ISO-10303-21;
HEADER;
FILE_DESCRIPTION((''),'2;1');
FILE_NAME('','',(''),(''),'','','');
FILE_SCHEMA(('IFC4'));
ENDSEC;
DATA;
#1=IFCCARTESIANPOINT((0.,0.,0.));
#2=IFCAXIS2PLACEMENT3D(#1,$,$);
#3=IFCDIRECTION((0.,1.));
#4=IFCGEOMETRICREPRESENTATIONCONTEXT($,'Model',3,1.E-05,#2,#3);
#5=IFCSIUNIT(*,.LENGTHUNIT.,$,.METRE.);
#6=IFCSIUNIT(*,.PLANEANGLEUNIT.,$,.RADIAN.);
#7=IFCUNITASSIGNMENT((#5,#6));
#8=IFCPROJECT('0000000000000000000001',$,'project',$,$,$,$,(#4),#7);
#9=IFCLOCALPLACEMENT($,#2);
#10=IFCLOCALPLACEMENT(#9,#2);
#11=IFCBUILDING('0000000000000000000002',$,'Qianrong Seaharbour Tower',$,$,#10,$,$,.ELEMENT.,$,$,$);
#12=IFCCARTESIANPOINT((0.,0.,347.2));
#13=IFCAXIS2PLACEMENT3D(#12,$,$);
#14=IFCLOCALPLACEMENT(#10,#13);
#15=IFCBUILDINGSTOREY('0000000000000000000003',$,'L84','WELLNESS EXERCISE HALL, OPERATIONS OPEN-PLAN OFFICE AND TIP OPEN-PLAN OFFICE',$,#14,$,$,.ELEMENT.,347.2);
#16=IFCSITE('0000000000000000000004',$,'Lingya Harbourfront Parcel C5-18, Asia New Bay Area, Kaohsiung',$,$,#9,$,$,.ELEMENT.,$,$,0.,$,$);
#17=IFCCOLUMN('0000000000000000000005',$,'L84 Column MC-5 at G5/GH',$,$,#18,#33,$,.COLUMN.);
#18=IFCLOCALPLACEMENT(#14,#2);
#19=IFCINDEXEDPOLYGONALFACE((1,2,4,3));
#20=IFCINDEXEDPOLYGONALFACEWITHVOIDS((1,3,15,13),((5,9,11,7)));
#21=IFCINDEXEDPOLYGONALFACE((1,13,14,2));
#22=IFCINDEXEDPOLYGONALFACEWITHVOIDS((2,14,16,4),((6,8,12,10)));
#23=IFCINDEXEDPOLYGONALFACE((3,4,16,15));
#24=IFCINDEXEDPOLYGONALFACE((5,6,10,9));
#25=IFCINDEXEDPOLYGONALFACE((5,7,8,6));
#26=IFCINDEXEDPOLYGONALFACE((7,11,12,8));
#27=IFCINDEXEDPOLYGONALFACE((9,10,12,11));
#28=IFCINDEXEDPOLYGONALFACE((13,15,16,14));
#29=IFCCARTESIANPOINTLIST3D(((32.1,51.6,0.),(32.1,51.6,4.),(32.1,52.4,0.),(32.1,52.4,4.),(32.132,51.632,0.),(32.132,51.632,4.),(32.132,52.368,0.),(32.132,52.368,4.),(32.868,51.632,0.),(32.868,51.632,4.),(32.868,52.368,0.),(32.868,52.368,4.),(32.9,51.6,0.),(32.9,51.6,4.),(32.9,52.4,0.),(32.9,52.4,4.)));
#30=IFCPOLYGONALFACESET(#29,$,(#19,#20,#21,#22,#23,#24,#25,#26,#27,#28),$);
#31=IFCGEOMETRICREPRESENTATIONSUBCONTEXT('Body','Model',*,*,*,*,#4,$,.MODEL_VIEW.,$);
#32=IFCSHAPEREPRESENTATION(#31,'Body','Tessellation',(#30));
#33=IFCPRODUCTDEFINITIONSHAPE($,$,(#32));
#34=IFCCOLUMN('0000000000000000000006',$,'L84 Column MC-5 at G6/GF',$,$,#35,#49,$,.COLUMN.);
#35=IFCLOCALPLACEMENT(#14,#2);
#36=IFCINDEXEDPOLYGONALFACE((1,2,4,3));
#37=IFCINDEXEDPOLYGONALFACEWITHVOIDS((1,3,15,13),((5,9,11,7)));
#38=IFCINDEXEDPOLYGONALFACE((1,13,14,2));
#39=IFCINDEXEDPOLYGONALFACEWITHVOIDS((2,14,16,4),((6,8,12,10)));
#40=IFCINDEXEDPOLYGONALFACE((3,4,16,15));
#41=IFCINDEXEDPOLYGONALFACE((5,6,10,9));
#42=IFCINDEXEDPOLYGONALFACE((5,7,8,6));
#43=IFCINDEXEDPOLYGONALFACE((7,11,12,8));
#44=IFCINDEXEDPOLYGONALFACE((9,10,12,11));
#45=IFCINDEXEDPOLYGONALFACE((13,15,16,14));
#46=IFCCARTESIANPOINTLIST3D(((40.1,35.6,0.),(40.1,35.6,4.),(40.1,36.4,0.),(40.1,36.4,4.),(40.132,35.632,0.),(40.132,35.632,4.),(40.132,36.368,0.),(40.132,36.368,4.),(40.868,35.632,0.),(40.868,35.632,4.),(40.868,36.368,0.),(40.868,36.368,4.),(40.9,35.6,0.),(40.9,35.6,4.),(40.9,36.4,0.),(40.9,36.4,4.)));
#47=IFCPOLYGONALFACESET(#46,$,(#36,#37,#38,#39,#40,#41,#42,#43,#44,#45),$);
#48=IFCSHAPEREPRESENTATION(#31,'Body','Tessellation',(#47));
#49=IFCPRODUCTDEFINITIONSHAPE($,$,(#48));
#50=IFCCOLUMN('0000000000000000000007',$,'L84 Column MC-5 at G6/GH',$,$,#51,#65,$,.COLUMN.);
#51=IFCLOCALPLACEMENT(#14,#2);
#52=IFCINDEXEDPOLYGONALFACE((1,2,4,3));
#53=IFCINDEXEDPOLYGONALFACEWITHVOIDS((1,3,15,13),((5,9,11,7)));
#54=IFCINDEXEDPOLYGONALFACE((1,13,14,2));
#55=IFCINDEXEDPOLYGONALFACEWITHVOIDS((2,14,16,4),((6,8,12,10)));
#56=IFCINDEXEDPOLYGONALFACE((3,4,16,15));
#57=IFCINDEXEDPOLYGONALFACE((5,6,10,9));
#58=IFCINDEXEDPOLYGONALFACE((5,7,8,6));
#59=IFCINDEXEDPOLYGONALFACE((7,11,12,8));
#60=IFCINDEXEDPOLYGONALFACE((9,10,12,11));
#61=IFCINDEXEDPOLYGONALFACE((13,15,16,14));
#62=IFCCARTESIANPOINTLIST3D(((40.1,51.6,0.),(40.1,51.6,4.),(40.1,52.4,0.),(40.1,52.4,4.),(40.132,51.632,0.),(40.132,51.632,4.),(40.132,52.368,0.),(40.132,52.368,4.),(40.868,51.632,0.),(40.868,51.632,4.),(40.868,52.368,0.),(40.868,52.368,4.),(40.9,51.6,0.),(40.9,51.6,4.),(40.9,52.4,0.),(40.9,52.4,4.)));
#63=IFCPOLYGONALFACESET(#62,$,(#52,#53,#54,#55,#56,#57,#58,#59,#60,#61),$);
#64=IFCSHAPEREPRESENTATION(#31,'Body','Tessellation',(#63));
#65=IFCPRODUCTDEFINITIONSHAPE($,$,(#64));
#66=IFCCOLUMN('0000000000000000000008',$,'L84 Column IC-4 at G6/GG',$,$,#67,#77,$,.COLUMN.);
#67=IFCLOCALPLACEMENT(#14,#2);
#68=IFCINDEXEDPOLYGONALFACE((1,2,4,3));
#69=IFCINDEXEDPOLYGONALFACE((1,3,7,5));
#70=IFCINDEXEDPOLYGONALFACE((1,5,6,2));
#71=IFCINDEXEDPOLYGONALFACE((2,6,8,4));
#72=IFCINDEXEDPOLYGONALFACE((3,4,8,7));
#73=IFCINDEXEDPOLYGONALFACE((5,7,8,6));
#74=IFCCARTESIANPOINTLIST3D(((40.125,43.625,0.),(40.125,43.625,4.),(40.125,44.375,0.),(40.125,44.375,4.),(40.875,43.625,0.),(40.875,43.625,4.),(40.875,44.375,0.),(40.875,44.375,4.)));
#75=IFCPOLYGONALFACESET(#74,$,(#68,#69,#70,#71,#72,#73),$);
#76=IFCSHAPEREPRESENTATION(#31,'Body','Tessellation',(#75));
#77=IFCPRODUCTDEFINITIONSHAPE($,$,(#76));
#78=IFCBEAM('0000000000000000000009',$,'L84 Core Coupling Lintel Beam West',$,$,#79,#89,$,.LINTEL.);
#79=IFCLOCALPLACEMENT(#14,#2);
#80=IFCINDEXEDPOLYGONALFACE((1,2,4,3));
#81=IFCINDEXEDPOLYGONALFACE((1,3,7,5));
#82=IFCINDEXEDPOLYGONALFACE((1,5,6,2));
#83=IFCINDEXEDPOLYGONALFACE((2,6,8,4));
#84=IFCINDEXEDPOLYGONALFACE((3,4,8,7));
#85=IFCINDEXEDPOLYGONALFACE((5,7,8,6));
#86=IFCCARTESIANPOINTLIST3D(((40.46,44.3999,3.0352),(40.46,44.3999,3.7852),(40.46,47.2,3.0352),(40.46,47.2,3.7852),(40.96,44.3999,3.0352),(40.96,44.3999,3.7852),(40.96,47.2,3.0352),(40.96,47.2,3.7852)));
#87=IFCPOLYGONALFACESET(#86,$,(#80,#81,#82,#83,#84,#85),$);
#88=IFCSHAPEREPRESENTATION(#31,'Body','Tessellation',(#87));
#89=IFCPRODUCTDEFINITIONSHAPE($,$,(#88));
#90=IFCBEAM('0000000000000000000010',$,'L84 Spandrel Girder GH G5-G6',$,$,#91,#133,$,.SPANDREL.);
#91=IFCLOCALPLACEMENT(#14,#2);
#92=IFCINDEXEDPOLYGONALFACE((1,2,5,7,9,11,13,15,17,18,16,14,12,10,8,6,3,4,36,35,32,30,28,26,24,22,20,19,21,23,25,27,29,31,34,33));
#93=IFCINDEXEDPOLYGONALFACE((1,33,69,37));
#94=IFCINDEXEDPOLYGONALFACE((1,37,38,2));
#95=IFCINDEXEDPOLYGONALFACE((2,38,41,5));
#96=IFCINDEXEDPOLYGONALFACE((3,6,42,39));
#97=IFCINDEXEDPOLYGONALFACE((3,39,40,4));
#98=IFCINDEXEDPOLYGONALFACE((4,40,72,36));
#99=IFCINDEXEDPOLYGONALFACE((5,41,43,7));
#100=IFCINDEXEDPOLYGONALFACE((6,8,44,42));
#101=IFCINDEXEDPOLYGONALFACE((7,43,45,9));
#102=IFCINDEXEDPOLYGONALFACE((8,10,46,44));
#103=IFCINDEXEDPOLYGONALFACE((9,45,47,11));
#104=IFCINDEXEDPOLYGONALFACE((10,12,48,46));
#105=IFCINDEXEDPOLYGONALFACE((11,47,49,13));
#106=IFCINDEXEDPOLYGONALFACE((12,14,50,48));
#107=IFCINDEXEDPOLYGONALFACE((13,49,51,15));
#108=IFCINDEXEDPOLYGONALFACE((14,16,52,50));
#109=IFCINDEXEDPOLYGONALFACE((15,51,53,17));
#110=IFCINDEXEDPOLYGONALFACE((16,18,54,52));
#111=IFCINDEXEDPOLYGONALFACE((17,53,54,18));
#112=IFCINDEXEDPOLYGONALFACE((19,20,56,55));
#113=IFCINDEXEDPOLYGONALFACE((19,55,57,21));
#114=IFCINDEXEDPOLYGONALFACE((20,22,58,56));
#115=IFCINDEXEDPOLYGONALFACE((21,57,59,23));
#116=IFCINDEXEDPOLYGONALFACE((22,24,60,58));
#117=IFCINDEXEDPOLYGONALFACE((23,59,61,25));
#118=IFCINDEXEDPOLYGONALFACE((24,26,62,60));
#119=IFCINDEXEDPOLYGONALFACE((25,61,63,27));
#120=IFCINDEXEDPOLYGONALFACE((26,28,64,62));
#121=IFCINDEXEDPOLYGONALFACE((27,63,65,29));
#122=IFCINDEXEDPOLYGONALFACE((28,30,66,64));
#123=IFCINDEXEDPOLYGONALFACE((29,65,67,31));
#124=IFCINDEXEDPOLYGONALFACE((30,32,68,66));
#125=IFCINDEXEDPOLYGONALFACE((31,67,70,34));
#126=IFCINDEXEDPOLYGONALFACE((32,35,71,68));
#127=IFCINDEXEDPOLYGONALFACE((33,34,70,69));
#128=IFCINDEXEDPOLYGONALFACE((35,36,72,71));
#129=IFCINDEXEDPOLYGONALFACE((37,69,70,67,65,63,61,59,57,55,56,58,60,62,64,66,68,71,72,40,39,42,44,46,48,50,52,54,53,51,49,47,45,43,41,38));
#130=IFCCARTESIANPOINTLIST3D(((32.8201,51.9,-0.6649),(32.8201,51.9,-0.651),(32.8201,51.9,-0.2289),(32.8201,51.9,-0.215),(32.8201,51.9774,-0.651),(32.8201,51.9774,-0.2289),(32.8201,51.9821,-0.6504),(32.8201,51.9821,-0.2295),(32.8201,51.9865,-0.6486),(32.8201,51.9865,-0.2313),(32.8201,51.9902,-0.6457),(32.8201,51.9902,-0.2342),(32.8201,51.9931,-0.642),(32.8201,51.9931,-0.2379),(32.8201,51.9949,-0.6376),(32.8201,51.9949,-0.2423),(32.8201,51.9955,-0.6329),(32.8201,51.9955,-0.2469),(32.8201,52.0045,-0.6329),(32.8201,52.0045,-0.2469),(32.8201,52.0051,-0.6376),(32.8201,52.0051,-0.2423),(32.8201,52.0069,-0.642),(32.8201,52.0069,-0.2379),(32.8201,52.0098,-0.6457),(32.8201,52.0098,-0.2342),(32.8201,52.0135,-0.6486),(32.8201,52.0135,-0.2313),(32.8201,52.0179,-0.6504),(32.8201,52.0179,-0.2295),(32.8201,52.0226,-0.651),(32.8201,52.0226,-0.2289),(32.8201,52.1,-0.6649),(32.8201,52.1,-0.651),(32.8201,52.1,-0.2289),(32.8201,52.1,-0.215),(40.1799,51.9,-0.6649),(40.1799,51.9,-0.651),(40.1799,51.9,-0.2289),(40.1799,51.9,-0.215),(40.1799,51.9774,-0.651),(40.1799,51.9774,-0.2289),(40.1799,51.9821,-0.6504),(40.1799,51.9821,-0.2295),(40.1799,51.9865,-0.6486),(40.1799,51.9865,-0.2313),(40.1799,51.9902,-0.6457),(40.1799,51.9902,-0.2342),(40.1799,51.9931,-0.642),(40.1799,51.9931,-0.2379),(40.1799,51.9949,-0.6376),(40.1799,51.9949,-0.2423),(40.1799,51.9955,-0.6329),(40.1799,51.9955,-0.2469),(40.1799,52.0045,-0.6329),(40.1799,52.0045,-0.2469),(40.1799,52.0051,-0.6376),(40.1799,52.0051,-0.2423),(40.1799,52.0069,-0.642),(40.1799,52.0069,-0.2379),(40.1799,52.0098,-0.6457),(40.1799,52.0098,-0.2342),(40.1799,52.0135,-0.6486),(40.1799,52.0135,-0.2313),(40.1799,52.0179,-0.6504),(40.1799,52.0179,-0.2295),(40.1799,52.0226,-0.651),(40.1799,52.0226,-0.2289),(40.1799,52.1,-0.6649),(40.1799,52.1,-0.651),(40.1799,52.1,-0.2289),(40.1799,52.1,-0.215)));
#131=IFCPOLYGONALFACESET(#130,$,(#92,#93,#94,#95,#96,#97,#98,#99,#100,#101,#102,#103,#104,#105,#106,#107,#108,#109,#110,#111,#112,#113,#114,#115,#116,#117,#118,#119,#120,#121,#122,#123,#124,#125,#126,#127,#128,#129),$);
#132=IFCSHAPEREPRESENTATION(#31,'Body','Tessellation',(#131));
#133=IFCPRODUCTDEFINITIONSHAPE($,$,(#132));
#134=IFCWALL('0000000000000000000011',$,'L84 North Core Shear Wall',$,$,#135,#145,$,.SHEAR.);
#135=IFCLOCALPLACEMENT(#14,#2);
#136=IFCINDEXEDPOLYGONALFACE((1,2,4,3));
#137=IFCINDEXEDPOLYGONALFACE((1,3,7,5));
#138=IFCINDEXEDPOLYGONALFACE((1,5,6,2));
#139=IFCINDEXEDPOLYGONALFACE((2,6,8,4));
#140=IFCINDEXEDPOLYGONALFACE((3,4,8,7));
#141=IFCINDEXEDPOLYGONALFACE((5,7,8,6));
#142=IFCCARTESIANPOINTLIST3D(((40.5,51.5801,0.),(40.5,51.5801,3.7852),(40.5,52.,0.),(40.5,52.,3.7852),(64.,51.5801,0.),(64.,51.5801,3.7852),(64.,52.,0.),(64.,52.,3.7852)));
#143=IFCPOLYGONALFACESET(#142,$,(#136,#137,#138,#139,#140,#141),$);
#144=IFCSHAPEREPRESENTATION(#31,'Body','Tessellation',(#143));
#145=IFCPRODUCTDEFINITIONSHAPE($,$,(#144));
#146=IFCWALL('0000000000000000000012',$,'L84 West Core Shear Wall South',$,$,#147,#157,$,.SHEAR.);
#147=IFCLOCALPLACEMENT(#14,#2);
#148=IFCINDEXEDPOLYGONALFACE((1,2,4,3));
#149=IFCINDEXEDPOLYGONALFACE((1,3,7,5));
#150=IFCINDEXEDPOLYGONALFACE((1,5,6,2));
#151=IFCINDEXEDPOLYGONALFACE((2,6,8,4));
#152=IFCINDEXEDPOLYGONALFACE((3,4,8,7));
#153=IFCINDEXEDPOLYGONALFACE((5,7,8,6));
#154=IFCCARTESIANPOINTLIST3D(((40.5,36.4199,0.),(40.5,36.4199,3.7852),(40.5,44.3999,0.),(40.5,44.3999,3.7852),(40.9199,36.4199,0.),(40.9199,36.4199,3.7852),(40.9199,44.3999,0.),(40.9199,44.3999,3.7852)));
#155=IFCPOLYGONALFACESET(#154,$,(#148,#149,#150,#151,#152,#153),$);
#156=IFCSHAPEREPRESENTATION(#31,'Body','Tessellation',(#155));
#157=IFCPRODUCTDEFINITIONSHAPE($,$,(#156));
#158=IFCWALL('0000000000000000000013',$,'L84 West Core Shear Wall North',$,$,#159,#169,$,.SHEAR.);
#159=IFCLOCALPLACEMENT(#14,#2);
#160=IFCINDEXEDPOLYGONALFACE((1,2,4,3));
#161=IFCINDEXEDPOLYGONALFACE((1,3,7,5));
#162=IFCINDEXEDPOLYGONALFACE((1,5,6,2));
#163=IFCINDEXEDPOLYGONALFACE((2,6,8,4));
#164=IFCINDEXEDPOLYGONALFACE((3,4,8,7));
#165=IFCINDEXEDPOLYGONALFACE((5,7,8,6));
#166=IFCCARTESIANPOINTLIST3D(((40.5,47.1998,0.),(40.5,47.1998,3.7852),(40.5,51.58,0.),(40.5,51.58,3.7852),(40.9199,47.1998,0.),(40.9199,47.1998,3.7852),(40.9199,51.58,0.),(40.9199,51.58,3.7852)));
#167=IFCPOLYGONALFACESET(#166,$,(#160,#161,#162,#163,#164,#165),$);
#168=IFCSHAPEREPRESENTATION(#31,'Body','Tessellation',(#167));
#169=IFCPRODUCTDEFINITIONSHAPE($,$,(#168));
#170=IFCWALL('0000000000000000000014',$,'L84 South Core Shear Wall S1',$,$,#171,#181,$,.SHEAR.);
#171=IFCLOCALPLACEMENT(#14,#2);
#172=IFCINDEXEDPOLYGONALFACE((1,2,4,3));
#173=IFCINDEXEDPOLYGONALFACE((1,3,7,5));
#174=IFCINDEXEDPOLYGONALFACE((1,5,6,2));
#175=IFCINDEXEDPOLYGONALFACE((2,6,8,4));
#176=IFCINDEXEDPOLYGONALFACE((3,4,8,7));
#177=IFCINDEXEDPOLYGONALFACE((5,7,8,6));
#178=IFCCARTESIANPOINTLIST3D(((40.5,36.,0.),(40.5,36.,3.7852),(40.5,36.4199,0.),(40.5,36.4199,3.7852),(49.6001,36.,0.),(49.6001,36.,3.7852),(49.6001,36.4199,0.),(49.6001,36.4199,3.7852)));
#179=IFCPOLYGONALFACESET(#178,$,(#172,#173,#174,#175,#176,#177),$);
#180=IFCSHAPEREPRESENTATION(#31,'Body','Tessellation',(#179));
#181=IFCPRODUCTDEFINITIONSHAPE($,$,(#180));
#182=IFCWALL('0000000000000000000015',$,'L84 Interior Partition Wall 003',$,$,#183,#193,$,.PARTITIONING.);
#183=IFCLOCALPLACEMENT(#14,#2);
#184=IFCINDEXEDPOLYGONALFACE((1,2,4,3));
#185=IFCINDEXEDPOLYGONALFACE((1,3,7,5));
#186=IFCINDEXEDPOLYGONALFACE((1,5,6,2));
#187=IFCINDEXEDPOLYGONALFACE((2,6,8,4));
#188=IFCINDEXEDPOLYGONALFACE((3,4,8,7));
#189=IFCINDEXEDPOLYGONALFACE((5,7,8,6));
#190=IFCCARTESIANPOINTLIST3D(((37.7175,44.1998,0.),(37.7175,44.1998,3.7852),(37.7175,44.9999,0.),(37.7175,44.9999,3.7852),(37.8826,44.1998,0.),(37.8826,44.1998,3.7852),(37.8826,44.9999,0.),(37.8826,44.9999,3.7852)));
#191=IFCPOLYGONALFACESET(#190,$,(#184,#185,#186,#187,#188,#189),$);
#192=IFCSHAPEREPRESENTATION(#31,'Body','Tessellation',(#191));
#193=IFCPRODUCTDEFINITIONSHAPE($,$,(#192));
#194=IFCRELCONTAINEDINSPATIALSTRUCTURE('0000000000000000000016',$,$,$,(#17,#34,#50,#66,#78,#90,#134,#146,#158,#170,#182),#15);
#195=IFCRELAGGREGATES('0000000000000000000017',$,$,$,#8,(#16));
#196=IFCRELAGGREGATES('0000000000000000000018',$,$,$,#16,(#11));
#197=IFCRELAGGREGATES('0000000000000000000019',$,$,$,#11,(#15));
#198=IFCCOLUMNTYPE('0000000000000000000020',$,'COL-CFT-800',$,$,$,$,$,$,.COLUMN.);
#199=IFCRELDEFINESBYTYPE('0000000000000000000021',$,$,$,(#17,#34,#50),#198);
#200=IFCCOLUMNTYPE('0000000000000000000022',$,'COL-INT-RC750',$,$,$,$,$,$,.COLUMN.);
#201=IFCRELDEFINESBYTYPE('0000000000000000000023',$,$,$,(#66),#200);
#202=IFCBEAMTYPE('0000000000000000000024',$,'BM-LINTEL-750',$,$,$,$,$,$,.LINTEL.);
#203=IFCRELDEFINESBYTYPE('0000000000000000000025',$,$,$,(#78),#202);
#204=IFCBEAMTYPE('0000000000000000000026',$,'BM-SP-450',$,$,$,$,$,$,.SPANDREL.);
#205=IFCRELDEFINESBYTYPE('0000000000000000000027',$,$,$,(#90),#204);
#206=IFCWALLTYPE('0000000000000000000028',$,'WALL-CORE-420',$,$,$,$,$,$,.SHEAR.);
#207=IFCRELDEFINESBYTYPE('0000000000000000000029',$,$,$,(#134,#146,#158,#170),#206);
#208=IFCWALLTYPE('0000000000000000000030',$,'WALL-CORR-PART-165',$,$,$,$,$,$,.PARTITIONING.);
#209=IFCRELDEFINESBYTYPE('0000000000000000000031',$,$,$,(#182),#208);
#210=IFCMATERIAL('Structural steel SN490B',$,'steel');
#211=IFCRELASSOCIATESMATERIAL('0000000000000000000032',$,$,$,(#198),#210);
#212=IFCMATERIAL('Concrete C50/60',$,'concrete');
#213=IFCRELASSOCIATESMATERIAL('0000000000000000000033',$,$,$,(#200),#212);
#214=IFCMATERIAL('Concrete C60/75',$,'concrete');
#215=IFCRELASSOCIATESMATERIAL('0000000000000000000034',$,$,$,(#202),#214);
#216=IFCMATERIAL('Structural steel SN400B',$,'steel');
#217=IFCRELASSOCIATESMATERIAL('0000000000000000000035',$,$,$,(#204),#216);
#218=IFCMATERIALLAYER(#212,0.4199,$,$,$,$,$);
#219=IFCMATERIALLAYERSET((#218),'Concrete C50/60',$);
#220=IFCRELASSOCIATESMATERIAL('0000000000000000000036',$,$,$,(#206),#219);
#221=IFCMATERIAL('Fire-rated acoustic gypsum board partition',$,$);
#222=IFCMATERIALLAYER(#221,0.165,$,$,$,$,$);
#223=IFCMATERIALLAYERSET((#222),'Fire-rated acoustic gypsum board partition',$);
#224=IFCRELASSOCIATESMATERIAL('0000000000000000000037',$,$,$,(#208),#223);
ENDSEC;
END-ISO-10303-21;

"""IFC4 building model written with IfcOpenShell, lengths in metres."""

from ifc_helpers import new_model, si_unit, direction, frame, frame_2d, origin, origin_2d, place, context, subcontext, project, spatial, rectangle, hollow_rectangle, i_section, extrude, material, layer, layer_set, material_profile, profile_set, type_object, element, save


model = new_model("IFC4")

# Units and contexts
model_context = context("Model", 3, precision=1e-05, world=origin(), true_north=direction((0.0, 1.0)))
body_context = subcontext(model_context, "Body", "Model", "MODEL_VIEW")
ifc_project = project(units=[si_unit("LENGTHUNIT", "METRE"), si_unit("PLANEANGLEUNIT", "RADIAN")], contexts=[model_context])

# Site, building, storey
site_placement = place(None, origin())
site = spatial("IfcSite", under=ifc_project, at=site_placement, Name="Lingya Harbourfront Parcel C5-18, Asia New Bay Area, Kaohsiung", CompositionType="ELEMENT", RefElevation=0.0)
building_placement = place(site_placement, origin())
building = spatial("IfcBuilding", under=site, at=building_placement, Name="Qianrong Seaharbour Tower", CompositionType="ELEMENT")
storey_placement = place(building_placement, frame((0.0, 0.0, 347.2)))
storey = spatial("IfcBuildingStorey", under=building, at=storey_placement, Name="L84", Description="WELLNESS EXERCISE HALL, OPERATIONS OPEN-PLAN OFFICE AND TIP OPEN-PLAN OFFICE", CompositionType="ELEMENT", Elevation=347.2)

# Columns
ifc_material_1 = material(Name="Structural steel SN490B", Category="steel")
ifc_material_profile_1 = material_profile(ifc_material_1, hollow_rectangle(XDim=0.8, YDim=0.8, WallThickness=0.032, at=origin_2d()), Name="BOX800x800x32")
ifc_profile_set_1 = profile_set([ifc_material_profile_1], Name="Structural steel SN490B")
column_type_1 = type_object("IfcColumnType", Name="COL-CFT-800", PredefinedType="COLUMN", material=ifc_profile_set_1)
for number, where, z_axis, x_axis, name in (
    (1, (32.5, 52.0, 0.0), (0.0, 0.0, 1.0), (1.0, 0.0, 0.0), "L84 Column MC-5 at G5/GH"),
    (2, (40.5, 36.0, 0.0), (0.0, 0.0, 1.0), (1.0, 0.0, 0.0), "L84 Column MC-5 at G6/GF"),
    (3, (40.5, 52.0, 0.0), (0.0, 0.0, 1.0), (1.0, 0.0, 0.0), "L84 Column MC-5 at G6/GH"),
):
    element("IfcColumn", number, at=place(storey_placement, frame(where, z_axis=z_axis, x_axis=x_axis)), inside=storey, type_object=column_type_1, Name=name, PredefinedType="COLUMN", context=body_context, shape_type="SweptSolid", body=[
        extrude(hollow_rectangle(XDim=0.8, YDim=0.8, WallThickness=0.032, at=origin_2d()), origin(), (0.0, 0.0, 1.0), 4.0),
    ])
ifc_material_2 = material(Name="Concrete C50/60", Category="concrete")
ifc_material_profile_2 = material_profile(ifc_material_2, rectangle(XDim=0.75, YDim=0.75, at=origin_2d()), Name="RC750x750")
ifc_profile_set_2 = profile_set([ifc_material_profile_2], Name="Concrete C50/60")
column_type_2 = type_object("IfcColumnType", Name="COL-INT-RC750", PredefinedType="COLUMN", material=ifc_profile_set_2)
column_placement = place(storey_placement, frame((40.5, 44.0, 0.0), z_axis=(0.0, 0.0, 1.0), x_axis=(1.0, 0.0, 0.0)))
element("IfcColumn", 4, at=column_placement, inside=storey, type_object=column_type_2, Name="L84 Column IC-4 at G6/GG", PredefinedType="COLUMN", context=body_context, shape_type="SweptSolid", body=[
    extrude(rectangle(XDim=0.75, YDim=0.75, at=origin_2d()), origin(), (0.0, 0.0, 1.0), 4.0),
])

# Beams
ifc_material_3 = material(Name="Concrete C60/75", Category="concrete")
ifc_material_profile_3 = material_profile(ifc_material_3, rectangle(XDim=0.5, YDim=0.75, at=origin_2d()), Name="RC500x750")
ifc_profile_set_3 = profile_set([ifc_material_profile_3], Name="Concrete C60/75")
beam_type_1 = type_object("IfcBeamType", Name="BM-LINTEL-750", PredefinedType="LINTEL", material=ifc_profile_set_3)
beam_1_placement = place(storey_placement, frame((40.71, 44.3999, 3.4102), z_axis=(0.0, 1.0, 0.0), x_axis=(-1.0, 0.0, 0.0)))
element("IfcBeam", 5, at=beam_1_placement, inside=storey, type_object=beam_type_1, Name="L84 Core Coupling Lintel Beam West", PredefinedType="LINTEL", context=body_context, shape_type="SweptSolid", body=[
    extrude(rectangle(XDim=0.5, YDim=0.75, at=origin_2d()), origin(), (0.0, 0.0, 1.0), 2.8),
])
ifc_material_4 = material(Name="Structural steel SN400B", Category="steel")
ifc_material_profile_4 = material_profile(ifc_material_4, i_section(OverallWidth=0.2, OverallDepth=0.45, WebThickness=0.009, FlangeThickness=0.0139, FilletRadius=0.0181, at=origin_2d()), Name="H450x200x9x14")
ifc_profile_set_4 = profile_set([ifc_material_profile_4], Name="Structural steel SN400B")
beam_type_2 = type_object("IfcBeamType", Name="BM-SP-450", PredefinedType="SPANDREL", material=ifc_profile_set_4)
beam_2_placement = place(storey_placement, frame((32.8201, 52.0, -0.4399), z_axis=(1.0, 0.0, 0.0), x_axis=(0.0, 1.0, 0.0)))
element("IfcBeam", 6, at=beam_2_placement, inside=storey, type_object=beam_type_2, Name="L84 Spandrel Girder GH G5-G6", PredefinedType="SPANDREL", context=body_context, shape_type="SweptSolid", body=[
    extrude(i_section(OverallWidth=0.2, OverallDepth=0.45, WebThickness=0.009, FlangeThickness=0.0139, FilletRadius=0.0181, at=origin_2d()), origin(), (0.0, 0.0, 1.0), 7.3599),
])

# Walls
ifc_layer_1 = layer(ifc_material_2, 0.4199)
ifc_layer_set_1 = layer_set([ifc_layer_1], Name="Concrete C50/60")
wall_type_1 = type_object("IfcWallType", Name="WALL-CORE-420", PredefinedType="SHEAR", material=ifc_layer_set_1)
wall_1_placement = place(storey_placement, frame((40.5, 51.79, 0.0), z_axis=(0.0, 0.0, 1.0), x_axis=(1.0, 0.0, 0.0)))
element("IfcWall", 7, at=wall_1_placement, inside=storey, type_object=wall_type_1, Name="L84 North Core Shear Wall", PredefinedType="SHEAR", context=body_context, shape_type="SweptSolid", body=[
    extrude(rectangle(XDim=23.5, YDim=0.4199, at=frame_2d((11.75, 0.0))), origin(), (0.0, 0.0, 1.0), 3.7852),
])
wall_2_placement = place(storey_placement, frame((40.71, 36.4199, 0.0), z_axis=(0.0, 0.0, 1.0), x_axis=(0.0, 1.0, 0.0)))
element("IfcWall", 8, at=wall_2_placement, inside=storey, type_object=wall_type_1, Name="L84 West Core Shear Wall South", PredefinedType="SHEAR", context=body_context, shape_type="SweptSolid", body=[
    extrude(rectangle(XDim=7.98, YDim=0.4199, at=frame_2d((3.99, 0.0))), origin(), (0.0, 0.0, 1.0), 3.7852),
])
wall_3_placement = place(storey_placement, frame((40.71, 47.2, 0.0), z_axis=(0.0, 0.0, 1.0), x_axis=(0.0, 1.0, 0.0)))
element("IfcWall", 9, at=wall_3_placement, inside=storey, type_object=wall_type_1, Name="L84 West Core Shear Wall North", PredefinedType="SHEAR", context=body_context, shape_type="SweptSolid", body=[
    extrude(rectangle(XDim=4.3801, YDim=0.4199, at=frame_2d((2.1899, 0.0))), origin(), (0.0, 0.0, 1.0), 3.7852),
])
wall_4_placement = place(storey_placement, frame((40.5, 36.21, 0.0), z_axis=(0.0, 0.0, 1.0), x_axis=(1.0, 0.0, 0.0)))
element("IfcWall", 10, at=wall_4_placement, inside=storey, type_object=wall_type_1, Name="L84 South Core Shear Wall S1", PredefinedType="SHEAR", context=body_context, shape_type="SweptSolid", body=[
    extrude(rectangle(XDim=9.1001, YDim=0.4199, at=frame_2d((4.55, 0.0))), origin(), (0.0, 0.0, 1.0), 3.7852),
])

# Shared definitions
ifc_material_5 = material(Name="Fire-rated acoustic gypsum board partition")
ifc_layer_2 = layer(ifc_material_5, 0.165)
ifc_layer_set_2 = layer_set([ifc_layer_2], Name="Fire-rated acoustic gypsum board partition")
wall_type_2 = type_object("IfcWallType", Name="WALL-CORR-PART-165", PredefinedType="PARTITIONING", material=ifc_layer_set_2)

# Wall
wall_5_placement = place(storey_placement, frame((37.8, 44.2, 0.0), z_axis=(0.0, 0.0, 1.0), x_axis=(0.0, 1.0, 0.0)))
element("IfcWall", 11, at=wall_5_placement, inside=storey, type_object=wall_type_2, Name="L84 Interior Partition Wall 003", PredefinedType="PARTITIONING", context=body_context, shape_type="SweptSolid", body=[
    extrude(rectangle(XDim=0.8, YDim=0.165, at=frame_2d((0.3999, 0.0))), origin(), (0.0, 0.0, 1.0), 3.7852),
])

save(model, "model.ifc")
